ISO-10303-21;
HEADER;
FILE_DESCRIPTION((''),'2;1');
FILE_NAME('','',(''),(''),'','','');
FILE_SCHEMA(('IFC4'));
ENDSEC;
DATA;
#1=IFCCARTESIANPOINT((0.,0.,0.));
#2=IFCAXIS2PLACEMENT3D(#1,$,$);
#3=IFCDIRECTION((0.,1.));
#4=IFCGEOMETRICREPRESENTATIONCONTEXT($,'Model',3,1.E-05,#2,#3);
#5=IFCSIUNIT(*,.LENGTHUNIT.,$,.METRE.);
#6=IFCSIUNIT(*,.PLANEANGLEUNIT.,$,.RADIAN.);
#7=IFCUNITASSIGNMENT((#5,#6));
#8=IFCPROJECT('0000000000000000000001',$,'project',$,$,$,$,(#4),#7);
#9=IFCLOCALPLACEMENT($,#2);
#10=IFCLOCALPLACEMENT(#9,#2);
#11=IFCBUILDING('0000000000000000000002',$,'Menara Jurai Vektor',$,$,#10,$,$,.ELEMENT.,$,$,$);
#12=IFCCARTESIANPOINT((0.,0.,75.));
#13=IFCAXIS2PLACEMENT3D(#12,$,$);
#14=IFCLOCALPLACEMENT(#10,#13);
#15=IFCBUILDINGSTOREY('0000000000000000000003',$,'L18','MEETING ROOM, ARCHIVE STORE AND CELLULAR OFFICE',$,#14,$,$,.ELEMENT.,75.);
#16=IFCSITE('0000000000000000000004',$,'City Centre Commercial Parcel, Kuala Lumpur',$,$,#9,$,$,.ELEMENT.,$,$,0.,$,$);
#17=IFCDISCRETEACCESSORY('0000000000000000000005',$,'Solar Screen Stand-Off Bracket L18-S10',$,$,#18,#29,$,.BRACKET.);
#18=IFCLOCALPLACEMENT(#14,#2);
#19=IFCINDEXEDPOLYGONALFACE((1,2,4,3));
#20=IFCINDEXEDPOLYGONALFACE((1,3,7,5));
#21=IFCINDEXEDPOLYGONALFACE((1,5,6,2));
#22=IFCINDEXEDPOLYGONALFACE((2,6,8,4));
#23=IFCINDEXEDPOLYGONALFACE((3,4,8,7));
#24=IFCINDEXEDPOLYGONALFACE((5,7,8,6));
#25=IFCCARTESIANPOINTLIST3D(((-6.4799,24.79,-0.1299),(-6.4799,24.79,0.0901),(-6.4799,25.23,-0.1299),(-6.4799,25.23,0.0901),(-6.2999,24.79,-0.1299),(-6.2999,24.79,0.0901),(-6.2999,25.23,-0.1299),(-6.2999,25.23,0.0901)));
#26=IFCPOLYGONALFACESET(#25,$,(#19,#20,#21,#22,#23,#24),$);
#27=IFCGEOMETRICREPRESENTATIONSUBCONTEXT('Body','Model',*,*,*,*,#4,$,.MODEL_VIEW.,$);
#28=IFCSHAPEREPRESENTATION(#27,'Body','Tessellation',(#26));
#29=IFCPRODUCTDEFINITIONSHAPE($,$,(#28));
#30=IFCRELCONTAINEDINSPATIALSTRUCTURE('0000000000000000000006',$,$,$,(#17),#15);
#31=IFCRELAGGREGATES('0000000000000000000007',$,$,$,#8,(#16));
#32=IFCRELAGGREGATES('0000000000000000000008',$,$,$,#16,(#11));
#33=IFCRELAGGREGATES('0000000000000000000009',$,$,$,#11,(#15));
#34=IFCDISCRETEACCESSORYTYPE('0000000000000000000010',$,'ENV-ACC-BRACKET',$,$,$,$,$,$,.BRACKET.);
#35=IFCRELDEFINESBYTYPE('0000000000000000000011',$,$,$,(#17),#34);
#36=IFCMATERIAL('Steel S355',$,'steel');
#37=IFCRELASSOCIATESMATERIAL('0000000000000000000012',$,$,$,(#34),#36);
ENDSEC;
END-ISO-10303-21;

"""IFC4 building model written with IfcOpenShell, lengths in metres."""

from ifc_helpers import new_model, si_unit, direction, frame, origin, origin_2d, place, context, subcontext, project, spatial, rectangle, extrude, material, type_object, element, save


model = new_model("IFC4")

# Units and contexts
model_context = context("Model", 3, precision=1e-05, world=origin(), true_north=direction((0.0, 1.0)))
body_context = subcontext(model_context, "Body", "Model", "MODEL_VIEW")
ifc_project = project(units=[si_unit("LENGTHUNIT", "METRE"), si_unit("PLANEANGLEUNIT", "RADIAN")], contexts=[model_context])

# Site, building, storey
site_placement = place(None, origin())
site = spatial("IfcSite", under=ifc_project, at=site_placement, Name="City Centre Commercial Parcel, Kuala Lumpur", CompositionType="ELEMENT", RefElevation=0.0)
building_placement = place(site_placement, origin())
building = spatial("IfcBuilding", under=site, at=building_placement, Name="Menara Jurai Vektor", CompositionType="ELEMENT")
storey_placement = place(building_placement, frame((0.0, 0.0, 75.0)))
storey = spatial("IfcBuildingStorey", under=building, at=storey_placement, Name="L18", Description="MEETING ROOM, ARCHIVE STORE AND CELLULAR OFFICE", CompositionType="ELEMENT", Elevation=75.0)

# Shared definitions
ifc_material_1 = material(Name="Steel S355", Category="steel")

# Discrete accessory
discrete_accessory_type = type_object("IfcDiscreteAccessoryType", Name="ENV-ACC-BRACKET", PredefinedType="BRACKET", material=ifc_material_1)
discrete_accessory_placement = place(storey_placement, frame((-6.3899, 25.01, -0.1299), z_axis=(0.0, 0.0, 1.0), x_axis=(-1.0, 0.0, 0.0)))
element("IfcDiscreteAccessory", 1, at=discrete_accessory_placement, inside=storey, type_object=discrete_accessory_type, Name="Solar Screen Stand-Off Bracket L18-S10", PredefinedType="BRACKET", context=body_context, shape_type="SweptSolid", body=[
    extrude(rectangle(XDim=0.1799, YDim=0.4399, at=origin_2d()), origin(), (0.0, 0.0, 1.0), 0.22),
])

save(model, "model.ifc")
